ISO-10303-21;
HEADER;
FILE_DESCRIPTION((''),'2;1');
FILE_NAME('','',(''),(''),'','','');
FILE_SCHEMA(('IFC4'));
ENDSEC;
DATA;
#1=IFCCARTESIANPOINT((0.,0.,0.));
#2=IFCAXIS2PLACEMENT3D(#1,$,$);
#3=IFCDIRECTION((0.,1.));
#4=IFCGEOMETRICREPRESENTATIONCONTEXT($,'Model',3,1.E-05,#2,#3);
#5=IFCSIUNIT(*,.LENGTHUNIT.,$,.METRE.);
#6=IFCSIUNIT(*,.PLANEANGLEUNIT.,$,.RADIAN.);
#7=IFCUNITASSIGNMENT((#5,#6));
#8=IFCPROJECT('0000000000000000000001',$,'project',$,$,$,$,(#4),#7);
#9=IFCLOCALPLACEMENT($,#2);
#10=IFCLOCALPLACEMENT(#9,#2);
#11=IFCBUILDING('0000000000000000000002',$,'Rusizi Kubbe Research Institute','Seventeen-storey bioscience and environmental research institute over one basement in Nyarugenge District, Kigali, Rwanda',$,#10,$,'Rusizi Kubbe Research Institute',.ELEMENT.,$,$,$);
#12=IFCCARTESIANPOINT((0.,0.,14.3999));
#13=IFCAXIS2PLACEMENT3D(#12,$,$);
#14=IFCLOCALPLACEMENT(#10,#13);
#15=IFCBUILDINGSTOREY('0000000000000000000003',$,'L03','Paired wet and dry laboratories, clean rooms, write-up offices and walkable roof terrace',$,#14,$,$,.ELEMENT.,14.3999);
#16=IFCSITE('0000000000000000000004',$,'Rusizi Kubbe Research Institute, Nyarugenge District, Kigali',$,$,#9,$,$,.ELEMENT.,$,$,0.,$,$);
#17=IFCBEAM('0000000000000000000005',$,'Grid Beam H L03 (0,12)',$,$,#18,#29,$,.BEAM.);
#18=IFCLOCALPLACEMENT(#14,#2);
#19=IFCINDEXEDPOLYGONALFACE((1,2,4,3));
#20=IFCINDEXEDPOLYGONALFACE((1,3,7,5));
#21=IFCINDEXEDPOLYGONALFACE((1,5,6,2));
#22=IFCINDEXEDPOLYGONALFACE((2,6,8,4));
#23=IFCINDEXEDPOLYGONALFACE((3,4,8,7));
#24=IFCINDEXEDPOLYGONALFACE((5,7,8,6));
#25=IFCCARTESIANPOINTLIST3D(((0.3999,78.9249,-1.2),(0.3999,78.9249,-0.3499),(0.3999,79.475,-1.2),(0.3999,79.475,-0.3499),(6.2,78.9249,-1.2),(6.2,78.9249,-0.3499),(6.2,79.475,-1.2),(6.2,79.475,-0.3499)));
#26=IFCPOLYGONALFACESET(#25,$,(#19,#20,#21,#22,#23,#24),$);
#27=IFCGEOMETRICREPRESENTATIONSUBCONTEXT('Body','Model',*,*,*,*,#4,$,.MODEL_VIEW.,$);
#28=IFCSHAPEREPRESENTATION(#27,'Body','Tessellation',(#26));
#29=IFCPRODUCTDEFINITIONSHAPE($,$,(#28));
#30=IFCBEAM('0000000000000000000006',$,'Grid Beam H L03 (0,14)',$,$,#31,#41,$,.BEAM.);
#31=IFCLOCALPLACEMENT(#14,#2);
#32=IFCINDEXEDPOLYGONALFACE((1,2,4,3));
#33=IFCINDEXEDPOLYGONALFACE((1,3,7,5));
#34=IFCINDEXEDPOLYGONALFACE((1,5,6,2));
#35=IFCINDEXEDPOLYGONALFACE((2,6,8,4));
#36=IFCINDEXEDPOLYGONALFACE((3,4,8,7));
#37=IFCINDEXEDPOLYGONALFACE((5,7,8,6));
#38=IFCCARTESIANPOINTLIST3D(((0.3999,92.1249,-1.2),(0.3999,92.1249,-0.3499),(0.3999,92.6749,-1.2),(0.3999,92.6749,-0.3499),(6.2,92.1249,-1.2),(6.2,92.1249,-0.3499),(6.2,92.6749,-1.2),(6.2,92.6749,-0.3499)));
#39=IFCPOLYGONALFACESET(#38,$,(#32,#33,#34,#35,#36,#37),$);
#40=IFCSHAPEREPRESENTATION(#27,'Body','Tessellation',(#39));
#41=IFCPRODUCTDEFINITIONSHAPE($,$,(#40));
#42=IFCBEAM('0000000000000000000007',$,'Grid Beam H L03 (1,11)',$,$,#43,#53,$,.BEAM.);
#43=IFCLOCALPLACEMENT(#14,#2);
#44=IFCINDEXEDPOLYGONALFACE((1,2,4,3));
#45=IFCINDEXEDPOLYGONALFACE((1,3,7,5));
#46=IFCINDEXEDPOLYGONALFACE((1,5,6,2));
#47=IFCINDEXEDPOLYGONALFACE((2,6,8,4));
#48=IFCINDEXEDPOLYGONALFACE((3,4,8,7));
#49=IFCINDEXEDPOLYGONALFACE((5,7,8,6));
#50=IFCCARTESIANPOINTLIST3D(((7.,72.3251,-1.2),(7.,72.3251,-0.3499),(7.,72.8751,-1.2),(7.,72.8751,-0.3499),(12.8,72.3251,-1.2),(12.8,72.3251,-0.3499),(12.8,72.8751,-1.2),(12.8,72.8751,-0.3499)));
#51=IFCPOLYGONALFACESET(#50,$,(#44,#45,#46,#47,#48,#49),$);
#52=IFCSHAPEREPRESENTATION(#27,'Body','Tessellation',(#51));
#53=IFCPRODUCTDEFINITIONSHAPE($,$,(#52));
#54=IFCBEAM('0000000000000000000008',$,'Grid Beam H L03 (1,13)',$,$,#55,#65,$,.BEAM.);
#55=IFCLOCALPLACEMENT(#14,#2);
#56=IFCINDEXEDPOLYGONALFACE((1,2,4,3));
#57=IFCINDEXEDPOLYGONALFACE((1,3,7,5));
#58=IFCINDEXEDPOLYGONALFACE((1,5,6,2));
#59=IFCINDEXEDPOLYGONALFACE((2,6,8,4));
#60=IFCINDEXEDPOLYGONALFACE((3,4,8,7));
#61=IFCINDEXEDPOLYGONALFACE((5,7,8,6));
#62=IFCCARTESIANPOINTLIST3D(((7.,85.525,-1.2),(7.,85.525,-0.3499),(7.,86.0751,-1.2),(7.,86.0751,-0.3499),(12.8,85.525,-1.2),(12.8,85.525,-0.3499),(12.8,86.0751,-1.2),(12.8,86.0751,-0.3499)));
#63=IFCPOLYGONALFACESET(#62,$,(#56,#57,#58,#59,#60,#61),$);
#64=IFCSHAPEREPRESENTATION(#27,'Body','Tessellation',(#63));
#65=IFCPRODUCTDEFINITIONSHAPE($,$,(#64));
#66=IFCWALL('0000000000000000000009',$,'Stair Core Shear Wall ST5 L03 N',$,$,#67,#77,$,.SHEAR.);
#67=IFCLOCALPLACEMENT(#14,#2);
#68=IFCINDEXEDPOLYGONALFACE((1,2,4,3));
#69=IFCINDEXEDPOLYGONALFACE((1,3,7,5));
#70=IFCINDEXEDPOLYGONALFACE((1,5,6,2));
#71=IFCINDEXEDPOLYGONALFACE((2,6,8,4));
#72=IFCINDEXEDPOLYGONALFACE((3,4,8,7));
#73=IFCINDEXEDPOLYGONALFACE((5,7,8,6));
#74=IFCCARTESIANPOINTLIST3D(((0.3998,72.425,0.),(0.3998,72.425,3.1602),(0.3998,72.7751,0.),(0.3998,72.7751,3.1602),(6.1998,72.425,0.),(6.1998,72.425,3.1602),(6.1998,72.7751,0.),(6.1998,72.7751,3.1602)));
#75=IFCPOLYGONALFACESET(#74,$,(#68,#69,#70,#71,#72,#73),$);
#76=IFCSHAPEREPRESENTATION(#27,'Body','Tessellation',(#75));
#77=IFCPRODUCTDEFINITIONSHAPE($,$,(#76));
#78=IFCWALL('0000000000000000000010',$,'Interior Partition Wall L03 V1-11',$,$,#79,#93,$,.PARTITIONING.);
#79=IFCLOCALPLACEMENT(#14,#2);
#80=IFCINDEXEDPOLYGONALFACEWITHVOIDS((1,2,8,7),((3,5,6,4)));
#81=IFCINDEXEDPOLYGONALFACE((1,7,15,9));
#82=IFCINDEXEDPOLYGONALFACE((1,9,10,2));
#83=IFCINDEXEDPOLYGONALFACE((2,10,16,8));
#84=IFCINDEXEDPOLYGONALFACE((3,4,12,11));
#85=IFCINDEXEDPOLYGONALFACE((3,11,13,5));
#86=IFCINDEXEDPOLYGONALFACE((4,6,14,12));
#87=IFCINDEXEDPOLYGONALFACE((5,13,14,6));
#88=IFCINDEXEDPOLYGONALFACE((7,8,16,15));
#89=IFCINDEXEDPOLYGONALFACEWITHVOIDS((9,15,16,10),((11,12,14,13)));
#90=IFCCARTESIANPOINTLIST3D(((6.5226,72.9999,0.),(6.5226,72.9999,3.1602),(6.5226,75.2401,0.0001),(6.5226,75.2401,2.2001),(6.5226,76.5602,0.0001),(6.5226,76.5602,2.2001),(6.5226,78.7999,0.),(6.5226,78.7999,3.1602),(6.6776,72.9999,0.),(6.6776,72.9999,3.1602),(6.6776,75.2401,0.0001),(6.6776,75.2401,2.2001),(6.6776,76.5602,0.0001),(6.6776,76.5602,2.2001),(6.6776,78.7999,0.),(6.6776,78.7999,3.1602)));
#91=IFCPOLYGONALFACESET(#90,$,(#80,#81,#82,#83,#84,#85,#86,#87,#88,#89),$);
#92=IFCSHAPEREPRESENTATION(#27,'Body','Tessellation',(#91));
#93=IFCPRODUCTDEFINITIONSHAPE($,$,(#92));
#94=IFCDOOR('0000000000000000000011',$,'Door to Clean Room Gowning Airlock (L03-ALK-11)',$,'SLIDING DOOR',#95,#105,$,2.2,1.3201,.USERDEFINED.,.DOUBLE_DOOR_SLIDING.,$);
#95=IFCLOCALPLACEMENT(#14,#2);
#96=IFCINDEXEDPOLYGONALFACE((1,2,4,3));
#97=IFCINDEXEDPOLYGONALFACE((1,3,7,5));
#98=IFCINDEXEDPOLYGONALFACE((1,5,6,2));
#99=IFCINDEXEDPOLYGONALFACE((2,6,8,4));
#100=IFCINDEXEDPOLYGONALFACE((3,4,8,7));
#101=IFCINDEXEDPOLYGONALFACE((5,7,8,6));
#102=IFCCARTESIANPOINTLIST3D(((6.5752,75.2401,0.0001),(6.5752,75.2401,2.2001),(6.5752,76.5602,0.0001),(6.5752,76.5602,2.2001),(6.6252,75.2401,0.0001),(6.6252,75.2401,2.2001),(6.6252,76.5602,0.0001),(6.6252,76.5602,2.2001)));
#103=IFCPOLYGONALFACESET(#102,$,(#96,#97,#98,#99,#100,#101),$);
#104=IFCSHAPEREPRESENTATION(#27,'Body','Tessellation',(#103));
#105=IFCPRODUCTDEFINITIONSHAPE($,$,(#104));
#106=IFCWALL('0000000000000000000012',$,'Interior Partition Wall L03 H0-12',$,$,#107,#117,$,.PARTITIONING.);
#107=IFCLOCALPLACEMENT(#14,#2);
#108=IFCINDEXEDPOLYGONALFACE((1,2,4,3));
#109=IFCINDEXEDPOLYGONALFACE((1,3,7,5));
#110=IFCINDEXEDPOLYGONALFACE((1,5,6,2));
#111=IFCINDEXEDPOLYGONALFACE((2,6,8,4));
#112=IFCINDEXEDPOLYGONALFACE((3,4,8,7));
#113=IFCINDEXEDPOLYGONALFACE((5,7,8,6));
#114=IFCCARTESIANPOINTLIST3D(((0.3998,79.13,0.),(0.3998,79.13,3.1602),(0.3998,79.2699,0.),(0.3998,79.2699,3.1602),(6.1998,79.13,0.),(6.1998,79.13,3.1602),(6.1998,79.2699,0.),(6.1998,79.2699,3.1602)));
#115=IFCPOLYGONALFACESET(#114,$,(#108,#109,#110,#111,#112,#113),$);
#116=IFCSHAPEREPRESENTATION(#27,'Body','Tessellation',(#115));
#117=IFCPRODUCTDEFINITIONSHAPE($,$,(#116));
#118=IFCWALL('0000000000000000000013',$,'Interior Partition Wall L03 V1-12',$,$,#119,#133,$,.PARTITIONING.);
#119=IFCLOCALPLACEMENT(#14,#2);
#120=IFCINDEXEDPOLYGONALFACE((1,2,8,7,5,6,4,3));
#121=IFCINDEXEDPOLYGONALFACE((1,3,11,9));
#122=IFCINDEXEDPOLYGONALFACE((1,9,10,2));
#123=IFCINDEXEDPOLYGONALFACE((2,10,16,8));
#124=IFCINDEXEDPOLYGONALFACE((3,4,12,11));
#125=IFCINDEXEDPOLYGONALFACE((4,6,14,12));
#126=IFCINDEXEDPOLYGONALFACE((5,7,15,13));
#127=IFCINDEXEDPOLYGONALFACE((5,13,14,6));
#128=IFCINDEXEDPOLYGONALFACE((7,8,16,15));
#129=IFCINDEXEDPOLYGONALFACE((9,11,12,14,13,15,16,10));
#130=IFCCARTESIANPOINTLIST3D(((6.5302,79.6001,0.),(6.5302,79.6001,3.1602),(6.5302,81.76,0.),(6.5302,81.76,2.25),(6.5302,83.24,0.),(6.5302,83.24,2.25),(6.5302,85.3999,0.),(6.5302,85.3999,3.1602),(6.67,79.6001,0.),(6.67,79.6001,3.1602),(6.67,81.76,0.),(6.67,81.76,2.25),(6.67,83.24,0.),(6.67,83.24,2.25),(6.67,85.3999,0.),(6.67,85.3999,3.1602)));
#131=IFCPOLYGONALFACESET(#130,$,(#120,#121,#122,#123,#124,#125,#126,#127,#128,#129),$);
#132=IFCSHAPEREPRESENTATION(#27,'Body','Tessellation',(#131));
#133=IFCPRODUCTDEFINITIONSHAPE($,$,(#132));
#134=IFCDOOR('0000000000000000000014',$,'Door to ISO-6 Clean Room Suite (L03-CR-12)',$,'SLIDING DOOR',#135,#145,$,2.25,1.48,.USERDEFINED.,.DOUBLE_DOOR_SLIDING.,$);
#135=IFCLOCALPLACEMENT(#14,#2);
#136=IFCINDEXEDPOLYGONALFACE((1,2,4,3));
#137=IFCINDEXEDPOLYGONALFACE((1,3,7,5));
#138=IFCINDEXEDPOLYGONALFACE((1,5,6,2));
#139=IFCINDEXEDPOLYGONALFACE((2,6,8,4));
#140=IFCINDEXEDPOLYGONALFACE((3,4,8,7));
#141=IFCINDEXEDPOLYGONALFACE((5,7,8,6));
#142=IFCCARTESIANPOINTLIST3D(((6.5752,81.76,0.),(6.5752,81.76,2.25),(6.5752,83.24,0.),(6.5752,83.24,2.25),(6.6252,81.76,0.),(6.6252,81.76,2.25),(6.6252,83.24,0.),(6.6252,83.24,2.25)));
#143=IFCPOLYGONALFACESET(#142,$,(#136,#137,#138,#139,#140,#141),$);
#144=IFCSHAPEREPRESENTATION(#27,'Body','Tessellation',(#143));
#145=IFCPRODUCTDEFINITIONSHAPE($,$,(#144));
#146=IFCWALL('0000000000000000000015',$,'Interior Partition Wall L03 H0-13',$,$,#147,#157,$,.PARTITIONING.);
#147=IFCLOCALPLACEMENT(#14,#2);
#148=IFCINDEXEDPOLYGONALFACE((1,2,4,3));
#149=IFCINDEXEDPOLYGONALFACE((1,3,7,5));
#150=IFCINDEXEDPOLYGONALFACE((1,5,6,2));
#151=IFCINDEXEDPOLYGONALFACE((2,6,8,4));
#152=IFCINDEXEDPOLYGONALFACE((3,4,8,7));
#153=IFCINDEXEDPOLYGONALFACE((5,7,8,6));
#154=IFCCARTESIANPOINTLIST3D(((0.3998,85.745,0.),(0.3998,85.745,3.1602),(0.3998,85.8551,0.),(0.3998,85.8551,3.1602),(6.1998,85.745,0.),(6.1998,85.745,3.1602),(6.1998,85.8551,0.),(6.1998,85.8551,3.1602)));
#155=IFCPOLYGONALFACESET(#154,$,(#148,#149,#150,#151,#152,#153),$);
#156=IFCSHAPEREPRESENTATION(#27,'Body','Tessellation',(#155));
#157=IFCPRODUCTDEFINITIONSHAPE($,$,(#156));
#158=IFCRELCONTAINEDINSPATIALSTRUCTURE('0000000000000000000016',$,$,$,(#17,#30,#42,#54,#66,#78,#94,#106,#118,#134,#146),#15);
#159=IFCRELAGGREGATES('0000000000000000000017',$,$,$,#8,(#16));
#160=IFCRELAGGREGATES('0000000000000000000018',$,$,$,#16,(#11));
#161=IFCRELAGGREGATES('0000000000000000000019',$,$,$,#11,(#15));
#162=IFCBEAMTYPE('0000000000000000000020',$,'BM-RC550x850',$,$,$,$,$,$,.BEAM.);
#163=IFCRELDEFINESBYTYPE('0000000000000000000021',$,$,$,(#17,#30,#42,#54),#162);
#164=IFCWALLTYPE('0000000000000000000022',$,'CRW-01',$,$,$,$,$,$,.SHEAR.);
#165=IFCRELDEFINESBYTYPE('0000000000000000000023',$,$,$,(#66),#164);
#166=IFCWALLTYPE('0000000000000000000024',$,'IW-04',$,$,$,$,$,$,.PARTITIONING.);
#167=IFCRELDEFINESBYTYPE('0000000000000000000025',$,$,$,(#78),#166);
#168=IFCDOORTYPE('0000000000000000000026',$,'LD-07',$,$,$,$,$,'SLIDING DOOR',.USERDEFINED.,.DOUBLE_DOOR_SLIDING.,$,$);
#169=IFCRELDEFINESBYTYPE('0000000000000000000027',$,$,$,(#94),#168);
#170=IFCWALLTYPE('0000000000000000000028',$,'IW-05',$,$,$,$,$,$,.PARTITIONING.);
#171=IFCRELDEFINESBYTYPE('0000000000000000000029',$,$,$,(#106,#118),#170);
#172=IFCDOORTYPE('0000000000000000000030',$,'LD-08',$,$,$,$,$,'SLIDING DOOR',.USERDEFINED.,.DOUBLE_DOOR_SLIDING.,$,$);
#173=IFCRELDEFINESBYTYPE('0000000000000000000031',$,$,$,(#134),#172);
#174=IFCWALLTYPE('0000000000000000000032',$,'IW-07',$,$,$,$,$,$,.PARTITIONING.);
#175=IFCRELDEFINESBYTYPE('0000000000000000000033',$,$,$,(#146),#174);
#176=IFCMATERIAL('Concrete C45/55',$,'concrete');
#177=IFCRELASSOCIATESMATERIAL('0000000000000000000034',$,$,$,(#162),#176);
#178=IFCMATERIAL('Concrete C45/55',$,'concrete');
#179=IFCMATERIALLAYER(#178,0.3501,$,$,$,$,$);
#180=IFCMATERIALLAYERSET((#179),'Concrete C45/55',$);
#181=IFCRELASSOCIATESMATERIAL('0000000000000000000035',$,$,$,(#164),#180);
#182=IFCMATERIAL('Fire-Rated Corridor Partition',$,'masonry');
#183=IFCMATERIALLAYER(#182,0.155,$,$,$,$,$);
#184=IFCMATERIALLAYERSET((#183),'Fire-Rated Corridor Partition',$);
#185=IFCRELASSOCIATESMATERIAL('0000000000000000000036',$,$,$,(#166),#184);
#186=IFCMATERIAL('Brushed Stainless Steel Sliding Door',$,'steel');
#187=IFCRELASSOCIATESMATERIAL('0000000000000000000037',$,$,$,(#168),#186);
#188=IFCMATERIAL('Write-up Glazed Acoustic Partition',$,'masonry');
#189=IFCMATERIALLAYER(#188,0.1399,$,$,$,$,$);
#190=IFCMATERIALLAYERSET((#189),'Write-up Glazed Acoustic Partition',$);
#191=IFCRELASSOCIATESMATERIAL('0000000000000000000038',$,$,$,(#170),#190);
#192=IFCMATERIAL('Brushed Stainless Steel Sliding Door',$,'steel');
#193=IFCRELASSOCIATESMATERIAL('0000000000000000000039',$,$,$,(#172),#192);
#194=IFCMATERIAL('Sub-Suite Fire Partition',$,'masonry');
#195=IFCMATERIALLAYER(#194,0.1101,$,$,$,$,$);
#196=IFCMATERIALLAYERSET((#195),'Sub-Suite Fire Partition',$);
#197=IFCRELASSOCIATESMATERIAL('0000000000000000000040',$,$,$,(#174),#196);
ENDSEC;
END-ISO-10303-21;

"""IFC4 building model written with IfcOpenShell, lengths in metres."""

from ifc_helpers import new_model, si_unit, direction, frame, frame_2d, origin, origin_2d, place, context, subcontext, project, spatial, rectangle, extrude, material, layer, layer_set, material_profile, profile_set, type_object, element, fill, save


model = new_model("IFC4")

# Units and contexts
model_context = context("Model", 3, precision=1e-05, world=origin(), true_north=direction((0.0, 1.0)))
body_context = subcontext(model_context, "Body", "Model", "MODEL_VIEW")
ifc_project = project(units=[si_unit("LENGTHUNIT", "METRE"), si_unit("PLANEANGLEUNIT", "RADIAN")], contexts=[model_context])

# Site, building, storey
site_placement = place(None, origin())
site = spatial("IfcSite", under=ifc_project, at=site_placement, Name="Rusizi Kubbe Research Institute, Nyarugenge District, Kigali", CompositionType="ELEMENT", RefElevation=0.0)
building_placement = place(site_placement, origin())
building = spatial("IfcBuilding", under=site, at=building_placement, Name="Rusizi Kubbe Research Institute", Description="Seventeen-storey bioscience and environmental research institute over one basement in Nyarugenge District, Kigali, Rwanda", LongName="Rusizi Kubbe Research Institute", CompositionType="ELEMENT")
storey_placement = place(building_placement, frame((0.0, 0.0, 14.3999)))
storey = spatial("IfcBuildingStorey", under=building, at=storey_placement, Name="L03", Description="Paired wet and dry laboratories, clean rooms, write-up offices and walkable roof terrace", CompositionType="ELEMENT", Elevation=14.3999)

# Beams
ifc_material_1 = material(Name="Concrete C45/55", Category="concrete")
ifc_material_profile_1 = material_profile(ifc_material_1, rectangle(XDim=0.55, YDim=0.8501, at=origin_2d()), Name="RC550x850")
ifc_profile_set_1 = profile_set([ifc_material_profile_1], Name="Concrete C45/55")
beam_type_1 = type_object("IfcBeamType", Name="BM-RC550x850", PredefinedType="BEAM", material=ifc_profile_set_1)
for number, where, z_axis, x_axis, name in (
    (1, (0.3999, 79.2, -0.7749), (1.0, 0.0, 0.0), (0.0, 1.0, 0.0), "Grid Beam H L03 (0,12)"),
    (2, (0.3999, 92.3999, -0.7749), (1.0, 0.0, 0.0), (0.0, 1.0, 0.0), "Grid Beam H L03 (0,14)"),
    (3, (7.0, 72.6001, -0.7749), (1.0, 0.0, 0.0), (0.0, 1.0, 0.0), "Grid Beam H L03 (1,11)"),
    (4, (7.0, 85.8, -0.7749), (1.0, 0.0, 0.0), (0.0, 1.0, 0.0), "Grid Beam H L03 (1,13)"),
):
    element("IfcBeam", number, at=place(storey_placement, frame(where, z_axis=z_axis, x_axis=x_axis)), inside=storey, type_object=beam_type_1, Name=name, PredefinedType="BEAM", context=body_context, shape_type="SweptSolid", body=[
        extrude(rectangle(XDim=0.55, YDim=0.8501, at=origin_2d()), origin(), (0.0, 0.0, 1.0), 5.8),
    ])

# Wall
ifc_material_2 = material(Name="Concrete C45/55", Category="concrete")
ifc_layer_1 = layer(ifc_material_2, 0.3501)
ifc_layer_set_1 = layer_set([ifc_layer_1], Name="Concrete C45/55")
wall_type_1 = type_object("IfcWallType", Name="CRW-01", PredefinedType="SHEAR", material=ifc_layer_set_1)
wall_1_placement = place(storey_placement, frame((0.3999, 72.6001, 0.0), z_axis=(0.0, 0.0, 1.0), x_axis=(1.0, 0.0, 0.0)))
element("IfcWall", 5, at=wall_1_placement, inside=storey, type_object=wall_type_1, Name="Stair Core Shear Wall ST5 L03 N", PredefinedType="SHEAR", context=body_context, shape_type="SweptSolid", body=[
    extrude(rectangle(XDim=5.8, YDim=0.3501, at=frame_2d((2.8999, 0.0))), origin(), (0.0, 0.0, 1.0), 3.1602),
])

# Wall, opening, door
ifc_material_3 = material(Name="Fire-Rated Corridor Partition", Category="masonry")
ifc_layer_2 = layer(ifc_material_3, 0.155)
ifc_layer_set_2 = layer_set([ifc_layer_2], Name="Fire-Rated Corridor Partition")
wall_type_2 = type_object("IfcWallType", Name="IW-04", PredefinedType="PARTITIONING", material=ifc_layer_set_2)
wall_2_placement = place(storey_placement, frame((6.6001, 73.0, 0.0), z_axis=(0.0, 0.0, 1.0), x_axis=(0.0, 1.0, 0.0)))
wall_2 = element("IfcWall", 6, at=wall_2_placement, inside=storey, type_object=wall_type_2, Name="Interior Partition Wall L03 V1-11", PredefinedType="PARTITIONING", context=body_context, shape_type="SweptSolid", body=[
    extrude(rectangle(XDim=5.8, YDim=0.155, at=frame_2d((2.8999, 0.0))), origin(), (0.0, 0.0, 1.0), 3.1602),
])
opening_1_placement = place(wall_2_placement, frame((2.24, 0.0, 0.0)))
opening_1 = element("IfcOpeningElement", 7, at=opening_1_placement, cuts=wall_2, PredefinedType="OPENING", context=body_context, shape_type="SweptSolid", body=[
    extrude(rectangle(XDim=1.3201, YDim=2.2, at=frame_2d((0.6602, 1.1001))), frame((0.0, 0.0874, 0.0), z_axis=(0.0, -1.0, 0.0), x_axis=(1.0, 0.0, 0.0)), (0.0, 0.0, 1.0), 0.175),
])
ifc_material_4 = material(Name="Brushed Stainless Steel Sliding Door", Category="steel")
door_type_1 = type_object("IfcDoorType", Name="LD-07", ElementType="SLIDING DOOR", OperationType="DOUBLE_DOOR_SLIDING", PredefinedType="USERDEFINED", material=ifc_material_4)
door_1_placement = place(opening_1_placement, origin())
door_1 = element("IfcDoor", 8, at=door_1_placement, inside=storey, type_object=door_type_1, Name="Door to Clean Room Gowning Airlock (L03-ALK-11)", ObjectType="SLIDING DOOR", OperationType="DOUBLE_DOOR_SLIDING", OverallHeight=2.2, OverallWidth=1.3201, PredefinedType="USERDEFINED", context=body_context, shape_type="SweptSolid", body=[
    extrude(rectangle(XDim=1.3201, YDim=2.2, at=frame_2d((0.6602, 1.1001))), frame((0.0, 0.0249, 0.0), z_axis=(0.0, -1.0, 0.0), x_axis=(1.0, 0.0, 0.0)), (0.0, 0.0, 1.0), 0.05),
])
fill(opening_1, door_1)

# Wall
ifc_material_5 = material(Name="Write-up Glazed Acoustic Partition", Category="masonry")
ifc_layer_3 = layer(ifc_material_5, 0.1399)
ifc_layer_set_3 = layer_set([ifc_layer_3], Name="Write-up Glazed Acoustic Partition")
wall_type_3 = type_object("IfcWallType", Name="IW-05", PredefinedType="PARTITIONING", material=ifc_layer_set_3)
wall_3_placement = place(storey_placement, frame((0.3999, 79.2, 0.0), z_axis=(0.0, 0.0, 1.0), x_axis=(1.0, 0.0, 0.0)))
element("IfcWall", 9, at=wall_3_placement, inside=storey, type_object=wall_type_3, Name="Interior Partition Wall L03 H0-12", PredefinedType="PARTITIONING", context=body_context, shape_type="SweptSolid", body=[
    extrude(rectangle(XDim=5.8, YDim=0.1399, at=frame_2d((2.8999, 0.0))), origin(), (0.0, 0.0, 1.0), 3.1602),
])

# Wall, opening, door
wall_4_placement = place(storey_placement, frame((6.6001, 79.6001, 0.0), z_axis=(0.0, 0.0, 1.0), x_axis=(0.0, 1.0, 0.0)))
wall_4 = element("IfcWall", 10, at=wall_4_placement, inside=storey, type_object=wall_type_3, Name="Interior Partition Wall L03 V1-12", PredefinedType="PARTITIONING", context=body_context, shape_type="SweptSolid", body=[
    extrude(rectangle(XDim=5.7998, YDim=0.1399, at=frame_2d((2.8999, 0.0))), origin(), (0.0, 0.0, 1.0), 3.1602),
])
opening_2_placement = place(wall_4_placement, frame((2.1599, 0.0, 0.0)))
opening_2 = element("IfcOpeningElement", 11, at=opening_2_placement, cuts=wall_4, PredefinedType="OPENING", context=body_context, shape_type="SweptSolid", body=[
    extrude(rectangle(XDim=1.48, YDim=2.25, at=frame_2d((0.74, 1.125))), frame((0.0, 0.0798, 0.0), z_axis=(0.0, -1.0, 0.0), x_axis=(1.0, 0.0, 0.0)), (0.0, 0.0, 1.0), 0.1599),
])
ifc_material_6 = material(Name="Brushed Stainless Steel Sliding Door", Category="steel")
door_type_2 = type_object("IfcDoorType", Name="LD-08", ElementType="SLIDING DOOR", OperationType="DOUBLE_DOOR_SLIDING", PredefinedType="USERDEFINED", material=ifc_material_6)
door_2_placement = place(opening_2_placement, origin())
door_2 = element("IfcDoor", 12, at=door_2_placement, inside=storey, type_object=door_type_2, Name="Door to ISO-6 Clean Room Suite (L03-CR-12)", ObjectType="SLIDING DOOR", OperationType="DOUBLE_DOOR_SLIDING", OverallHeight=2.25, OverallWidth=1.48, PredefinedType="USERDEFINED", context=body_context, shape_type="SweptSolid", body=[
    extrude(rectangle(XDim=1.48, YDim=2.25, at=frame_2d((0.74, 1.125))), frame((0.0, 0.0249, 0.0), z_axis=(0.0, -1.0, 0.0), x_axis=(1.0, 0.0, 0.0)), (0.0, 0.0, 1.0), 0.05),
])
fill(opening_2, door_2)

# Wall
ifc_material_7 = material(Name="Sub-Suite Fire Partition", Category="masonry")
ifc_layer_4 = layer(ifc_material_7, 0.1101)
ifc_layer_set_4 = layer_set([ifc_layer_4], Name="Sub-Suite Fire Partition")
wall_type_4 = type_object("IfcWallType", Name="IW-07", PredefinedType="PARTITIONING", material=ifc_layer_set_4)
wall_5_placement = place(storey_placement, frame((0.3999, 85.8, 0.0), z_axis=(0.0, 0.0, 1.0), x_axis=(1.0, 0.0, 0.0)))
element("IfcWall", 13, at=wall_5_placement, inside=storey, type_object=wall_type_4, Name="Interior Partition Wall L03 H0-13", PredefinedType="PARTITIONING", context=body_context, shape_type="SweptSolid", body=[
    extrude(rectangle(XDim=5.8, YDim=0.1101, at=frame_2d((2.8999, 0.0))), origin(), (0.0, 0.0, 1.0), 3.1602),
])

save(model, "model.ifc")
